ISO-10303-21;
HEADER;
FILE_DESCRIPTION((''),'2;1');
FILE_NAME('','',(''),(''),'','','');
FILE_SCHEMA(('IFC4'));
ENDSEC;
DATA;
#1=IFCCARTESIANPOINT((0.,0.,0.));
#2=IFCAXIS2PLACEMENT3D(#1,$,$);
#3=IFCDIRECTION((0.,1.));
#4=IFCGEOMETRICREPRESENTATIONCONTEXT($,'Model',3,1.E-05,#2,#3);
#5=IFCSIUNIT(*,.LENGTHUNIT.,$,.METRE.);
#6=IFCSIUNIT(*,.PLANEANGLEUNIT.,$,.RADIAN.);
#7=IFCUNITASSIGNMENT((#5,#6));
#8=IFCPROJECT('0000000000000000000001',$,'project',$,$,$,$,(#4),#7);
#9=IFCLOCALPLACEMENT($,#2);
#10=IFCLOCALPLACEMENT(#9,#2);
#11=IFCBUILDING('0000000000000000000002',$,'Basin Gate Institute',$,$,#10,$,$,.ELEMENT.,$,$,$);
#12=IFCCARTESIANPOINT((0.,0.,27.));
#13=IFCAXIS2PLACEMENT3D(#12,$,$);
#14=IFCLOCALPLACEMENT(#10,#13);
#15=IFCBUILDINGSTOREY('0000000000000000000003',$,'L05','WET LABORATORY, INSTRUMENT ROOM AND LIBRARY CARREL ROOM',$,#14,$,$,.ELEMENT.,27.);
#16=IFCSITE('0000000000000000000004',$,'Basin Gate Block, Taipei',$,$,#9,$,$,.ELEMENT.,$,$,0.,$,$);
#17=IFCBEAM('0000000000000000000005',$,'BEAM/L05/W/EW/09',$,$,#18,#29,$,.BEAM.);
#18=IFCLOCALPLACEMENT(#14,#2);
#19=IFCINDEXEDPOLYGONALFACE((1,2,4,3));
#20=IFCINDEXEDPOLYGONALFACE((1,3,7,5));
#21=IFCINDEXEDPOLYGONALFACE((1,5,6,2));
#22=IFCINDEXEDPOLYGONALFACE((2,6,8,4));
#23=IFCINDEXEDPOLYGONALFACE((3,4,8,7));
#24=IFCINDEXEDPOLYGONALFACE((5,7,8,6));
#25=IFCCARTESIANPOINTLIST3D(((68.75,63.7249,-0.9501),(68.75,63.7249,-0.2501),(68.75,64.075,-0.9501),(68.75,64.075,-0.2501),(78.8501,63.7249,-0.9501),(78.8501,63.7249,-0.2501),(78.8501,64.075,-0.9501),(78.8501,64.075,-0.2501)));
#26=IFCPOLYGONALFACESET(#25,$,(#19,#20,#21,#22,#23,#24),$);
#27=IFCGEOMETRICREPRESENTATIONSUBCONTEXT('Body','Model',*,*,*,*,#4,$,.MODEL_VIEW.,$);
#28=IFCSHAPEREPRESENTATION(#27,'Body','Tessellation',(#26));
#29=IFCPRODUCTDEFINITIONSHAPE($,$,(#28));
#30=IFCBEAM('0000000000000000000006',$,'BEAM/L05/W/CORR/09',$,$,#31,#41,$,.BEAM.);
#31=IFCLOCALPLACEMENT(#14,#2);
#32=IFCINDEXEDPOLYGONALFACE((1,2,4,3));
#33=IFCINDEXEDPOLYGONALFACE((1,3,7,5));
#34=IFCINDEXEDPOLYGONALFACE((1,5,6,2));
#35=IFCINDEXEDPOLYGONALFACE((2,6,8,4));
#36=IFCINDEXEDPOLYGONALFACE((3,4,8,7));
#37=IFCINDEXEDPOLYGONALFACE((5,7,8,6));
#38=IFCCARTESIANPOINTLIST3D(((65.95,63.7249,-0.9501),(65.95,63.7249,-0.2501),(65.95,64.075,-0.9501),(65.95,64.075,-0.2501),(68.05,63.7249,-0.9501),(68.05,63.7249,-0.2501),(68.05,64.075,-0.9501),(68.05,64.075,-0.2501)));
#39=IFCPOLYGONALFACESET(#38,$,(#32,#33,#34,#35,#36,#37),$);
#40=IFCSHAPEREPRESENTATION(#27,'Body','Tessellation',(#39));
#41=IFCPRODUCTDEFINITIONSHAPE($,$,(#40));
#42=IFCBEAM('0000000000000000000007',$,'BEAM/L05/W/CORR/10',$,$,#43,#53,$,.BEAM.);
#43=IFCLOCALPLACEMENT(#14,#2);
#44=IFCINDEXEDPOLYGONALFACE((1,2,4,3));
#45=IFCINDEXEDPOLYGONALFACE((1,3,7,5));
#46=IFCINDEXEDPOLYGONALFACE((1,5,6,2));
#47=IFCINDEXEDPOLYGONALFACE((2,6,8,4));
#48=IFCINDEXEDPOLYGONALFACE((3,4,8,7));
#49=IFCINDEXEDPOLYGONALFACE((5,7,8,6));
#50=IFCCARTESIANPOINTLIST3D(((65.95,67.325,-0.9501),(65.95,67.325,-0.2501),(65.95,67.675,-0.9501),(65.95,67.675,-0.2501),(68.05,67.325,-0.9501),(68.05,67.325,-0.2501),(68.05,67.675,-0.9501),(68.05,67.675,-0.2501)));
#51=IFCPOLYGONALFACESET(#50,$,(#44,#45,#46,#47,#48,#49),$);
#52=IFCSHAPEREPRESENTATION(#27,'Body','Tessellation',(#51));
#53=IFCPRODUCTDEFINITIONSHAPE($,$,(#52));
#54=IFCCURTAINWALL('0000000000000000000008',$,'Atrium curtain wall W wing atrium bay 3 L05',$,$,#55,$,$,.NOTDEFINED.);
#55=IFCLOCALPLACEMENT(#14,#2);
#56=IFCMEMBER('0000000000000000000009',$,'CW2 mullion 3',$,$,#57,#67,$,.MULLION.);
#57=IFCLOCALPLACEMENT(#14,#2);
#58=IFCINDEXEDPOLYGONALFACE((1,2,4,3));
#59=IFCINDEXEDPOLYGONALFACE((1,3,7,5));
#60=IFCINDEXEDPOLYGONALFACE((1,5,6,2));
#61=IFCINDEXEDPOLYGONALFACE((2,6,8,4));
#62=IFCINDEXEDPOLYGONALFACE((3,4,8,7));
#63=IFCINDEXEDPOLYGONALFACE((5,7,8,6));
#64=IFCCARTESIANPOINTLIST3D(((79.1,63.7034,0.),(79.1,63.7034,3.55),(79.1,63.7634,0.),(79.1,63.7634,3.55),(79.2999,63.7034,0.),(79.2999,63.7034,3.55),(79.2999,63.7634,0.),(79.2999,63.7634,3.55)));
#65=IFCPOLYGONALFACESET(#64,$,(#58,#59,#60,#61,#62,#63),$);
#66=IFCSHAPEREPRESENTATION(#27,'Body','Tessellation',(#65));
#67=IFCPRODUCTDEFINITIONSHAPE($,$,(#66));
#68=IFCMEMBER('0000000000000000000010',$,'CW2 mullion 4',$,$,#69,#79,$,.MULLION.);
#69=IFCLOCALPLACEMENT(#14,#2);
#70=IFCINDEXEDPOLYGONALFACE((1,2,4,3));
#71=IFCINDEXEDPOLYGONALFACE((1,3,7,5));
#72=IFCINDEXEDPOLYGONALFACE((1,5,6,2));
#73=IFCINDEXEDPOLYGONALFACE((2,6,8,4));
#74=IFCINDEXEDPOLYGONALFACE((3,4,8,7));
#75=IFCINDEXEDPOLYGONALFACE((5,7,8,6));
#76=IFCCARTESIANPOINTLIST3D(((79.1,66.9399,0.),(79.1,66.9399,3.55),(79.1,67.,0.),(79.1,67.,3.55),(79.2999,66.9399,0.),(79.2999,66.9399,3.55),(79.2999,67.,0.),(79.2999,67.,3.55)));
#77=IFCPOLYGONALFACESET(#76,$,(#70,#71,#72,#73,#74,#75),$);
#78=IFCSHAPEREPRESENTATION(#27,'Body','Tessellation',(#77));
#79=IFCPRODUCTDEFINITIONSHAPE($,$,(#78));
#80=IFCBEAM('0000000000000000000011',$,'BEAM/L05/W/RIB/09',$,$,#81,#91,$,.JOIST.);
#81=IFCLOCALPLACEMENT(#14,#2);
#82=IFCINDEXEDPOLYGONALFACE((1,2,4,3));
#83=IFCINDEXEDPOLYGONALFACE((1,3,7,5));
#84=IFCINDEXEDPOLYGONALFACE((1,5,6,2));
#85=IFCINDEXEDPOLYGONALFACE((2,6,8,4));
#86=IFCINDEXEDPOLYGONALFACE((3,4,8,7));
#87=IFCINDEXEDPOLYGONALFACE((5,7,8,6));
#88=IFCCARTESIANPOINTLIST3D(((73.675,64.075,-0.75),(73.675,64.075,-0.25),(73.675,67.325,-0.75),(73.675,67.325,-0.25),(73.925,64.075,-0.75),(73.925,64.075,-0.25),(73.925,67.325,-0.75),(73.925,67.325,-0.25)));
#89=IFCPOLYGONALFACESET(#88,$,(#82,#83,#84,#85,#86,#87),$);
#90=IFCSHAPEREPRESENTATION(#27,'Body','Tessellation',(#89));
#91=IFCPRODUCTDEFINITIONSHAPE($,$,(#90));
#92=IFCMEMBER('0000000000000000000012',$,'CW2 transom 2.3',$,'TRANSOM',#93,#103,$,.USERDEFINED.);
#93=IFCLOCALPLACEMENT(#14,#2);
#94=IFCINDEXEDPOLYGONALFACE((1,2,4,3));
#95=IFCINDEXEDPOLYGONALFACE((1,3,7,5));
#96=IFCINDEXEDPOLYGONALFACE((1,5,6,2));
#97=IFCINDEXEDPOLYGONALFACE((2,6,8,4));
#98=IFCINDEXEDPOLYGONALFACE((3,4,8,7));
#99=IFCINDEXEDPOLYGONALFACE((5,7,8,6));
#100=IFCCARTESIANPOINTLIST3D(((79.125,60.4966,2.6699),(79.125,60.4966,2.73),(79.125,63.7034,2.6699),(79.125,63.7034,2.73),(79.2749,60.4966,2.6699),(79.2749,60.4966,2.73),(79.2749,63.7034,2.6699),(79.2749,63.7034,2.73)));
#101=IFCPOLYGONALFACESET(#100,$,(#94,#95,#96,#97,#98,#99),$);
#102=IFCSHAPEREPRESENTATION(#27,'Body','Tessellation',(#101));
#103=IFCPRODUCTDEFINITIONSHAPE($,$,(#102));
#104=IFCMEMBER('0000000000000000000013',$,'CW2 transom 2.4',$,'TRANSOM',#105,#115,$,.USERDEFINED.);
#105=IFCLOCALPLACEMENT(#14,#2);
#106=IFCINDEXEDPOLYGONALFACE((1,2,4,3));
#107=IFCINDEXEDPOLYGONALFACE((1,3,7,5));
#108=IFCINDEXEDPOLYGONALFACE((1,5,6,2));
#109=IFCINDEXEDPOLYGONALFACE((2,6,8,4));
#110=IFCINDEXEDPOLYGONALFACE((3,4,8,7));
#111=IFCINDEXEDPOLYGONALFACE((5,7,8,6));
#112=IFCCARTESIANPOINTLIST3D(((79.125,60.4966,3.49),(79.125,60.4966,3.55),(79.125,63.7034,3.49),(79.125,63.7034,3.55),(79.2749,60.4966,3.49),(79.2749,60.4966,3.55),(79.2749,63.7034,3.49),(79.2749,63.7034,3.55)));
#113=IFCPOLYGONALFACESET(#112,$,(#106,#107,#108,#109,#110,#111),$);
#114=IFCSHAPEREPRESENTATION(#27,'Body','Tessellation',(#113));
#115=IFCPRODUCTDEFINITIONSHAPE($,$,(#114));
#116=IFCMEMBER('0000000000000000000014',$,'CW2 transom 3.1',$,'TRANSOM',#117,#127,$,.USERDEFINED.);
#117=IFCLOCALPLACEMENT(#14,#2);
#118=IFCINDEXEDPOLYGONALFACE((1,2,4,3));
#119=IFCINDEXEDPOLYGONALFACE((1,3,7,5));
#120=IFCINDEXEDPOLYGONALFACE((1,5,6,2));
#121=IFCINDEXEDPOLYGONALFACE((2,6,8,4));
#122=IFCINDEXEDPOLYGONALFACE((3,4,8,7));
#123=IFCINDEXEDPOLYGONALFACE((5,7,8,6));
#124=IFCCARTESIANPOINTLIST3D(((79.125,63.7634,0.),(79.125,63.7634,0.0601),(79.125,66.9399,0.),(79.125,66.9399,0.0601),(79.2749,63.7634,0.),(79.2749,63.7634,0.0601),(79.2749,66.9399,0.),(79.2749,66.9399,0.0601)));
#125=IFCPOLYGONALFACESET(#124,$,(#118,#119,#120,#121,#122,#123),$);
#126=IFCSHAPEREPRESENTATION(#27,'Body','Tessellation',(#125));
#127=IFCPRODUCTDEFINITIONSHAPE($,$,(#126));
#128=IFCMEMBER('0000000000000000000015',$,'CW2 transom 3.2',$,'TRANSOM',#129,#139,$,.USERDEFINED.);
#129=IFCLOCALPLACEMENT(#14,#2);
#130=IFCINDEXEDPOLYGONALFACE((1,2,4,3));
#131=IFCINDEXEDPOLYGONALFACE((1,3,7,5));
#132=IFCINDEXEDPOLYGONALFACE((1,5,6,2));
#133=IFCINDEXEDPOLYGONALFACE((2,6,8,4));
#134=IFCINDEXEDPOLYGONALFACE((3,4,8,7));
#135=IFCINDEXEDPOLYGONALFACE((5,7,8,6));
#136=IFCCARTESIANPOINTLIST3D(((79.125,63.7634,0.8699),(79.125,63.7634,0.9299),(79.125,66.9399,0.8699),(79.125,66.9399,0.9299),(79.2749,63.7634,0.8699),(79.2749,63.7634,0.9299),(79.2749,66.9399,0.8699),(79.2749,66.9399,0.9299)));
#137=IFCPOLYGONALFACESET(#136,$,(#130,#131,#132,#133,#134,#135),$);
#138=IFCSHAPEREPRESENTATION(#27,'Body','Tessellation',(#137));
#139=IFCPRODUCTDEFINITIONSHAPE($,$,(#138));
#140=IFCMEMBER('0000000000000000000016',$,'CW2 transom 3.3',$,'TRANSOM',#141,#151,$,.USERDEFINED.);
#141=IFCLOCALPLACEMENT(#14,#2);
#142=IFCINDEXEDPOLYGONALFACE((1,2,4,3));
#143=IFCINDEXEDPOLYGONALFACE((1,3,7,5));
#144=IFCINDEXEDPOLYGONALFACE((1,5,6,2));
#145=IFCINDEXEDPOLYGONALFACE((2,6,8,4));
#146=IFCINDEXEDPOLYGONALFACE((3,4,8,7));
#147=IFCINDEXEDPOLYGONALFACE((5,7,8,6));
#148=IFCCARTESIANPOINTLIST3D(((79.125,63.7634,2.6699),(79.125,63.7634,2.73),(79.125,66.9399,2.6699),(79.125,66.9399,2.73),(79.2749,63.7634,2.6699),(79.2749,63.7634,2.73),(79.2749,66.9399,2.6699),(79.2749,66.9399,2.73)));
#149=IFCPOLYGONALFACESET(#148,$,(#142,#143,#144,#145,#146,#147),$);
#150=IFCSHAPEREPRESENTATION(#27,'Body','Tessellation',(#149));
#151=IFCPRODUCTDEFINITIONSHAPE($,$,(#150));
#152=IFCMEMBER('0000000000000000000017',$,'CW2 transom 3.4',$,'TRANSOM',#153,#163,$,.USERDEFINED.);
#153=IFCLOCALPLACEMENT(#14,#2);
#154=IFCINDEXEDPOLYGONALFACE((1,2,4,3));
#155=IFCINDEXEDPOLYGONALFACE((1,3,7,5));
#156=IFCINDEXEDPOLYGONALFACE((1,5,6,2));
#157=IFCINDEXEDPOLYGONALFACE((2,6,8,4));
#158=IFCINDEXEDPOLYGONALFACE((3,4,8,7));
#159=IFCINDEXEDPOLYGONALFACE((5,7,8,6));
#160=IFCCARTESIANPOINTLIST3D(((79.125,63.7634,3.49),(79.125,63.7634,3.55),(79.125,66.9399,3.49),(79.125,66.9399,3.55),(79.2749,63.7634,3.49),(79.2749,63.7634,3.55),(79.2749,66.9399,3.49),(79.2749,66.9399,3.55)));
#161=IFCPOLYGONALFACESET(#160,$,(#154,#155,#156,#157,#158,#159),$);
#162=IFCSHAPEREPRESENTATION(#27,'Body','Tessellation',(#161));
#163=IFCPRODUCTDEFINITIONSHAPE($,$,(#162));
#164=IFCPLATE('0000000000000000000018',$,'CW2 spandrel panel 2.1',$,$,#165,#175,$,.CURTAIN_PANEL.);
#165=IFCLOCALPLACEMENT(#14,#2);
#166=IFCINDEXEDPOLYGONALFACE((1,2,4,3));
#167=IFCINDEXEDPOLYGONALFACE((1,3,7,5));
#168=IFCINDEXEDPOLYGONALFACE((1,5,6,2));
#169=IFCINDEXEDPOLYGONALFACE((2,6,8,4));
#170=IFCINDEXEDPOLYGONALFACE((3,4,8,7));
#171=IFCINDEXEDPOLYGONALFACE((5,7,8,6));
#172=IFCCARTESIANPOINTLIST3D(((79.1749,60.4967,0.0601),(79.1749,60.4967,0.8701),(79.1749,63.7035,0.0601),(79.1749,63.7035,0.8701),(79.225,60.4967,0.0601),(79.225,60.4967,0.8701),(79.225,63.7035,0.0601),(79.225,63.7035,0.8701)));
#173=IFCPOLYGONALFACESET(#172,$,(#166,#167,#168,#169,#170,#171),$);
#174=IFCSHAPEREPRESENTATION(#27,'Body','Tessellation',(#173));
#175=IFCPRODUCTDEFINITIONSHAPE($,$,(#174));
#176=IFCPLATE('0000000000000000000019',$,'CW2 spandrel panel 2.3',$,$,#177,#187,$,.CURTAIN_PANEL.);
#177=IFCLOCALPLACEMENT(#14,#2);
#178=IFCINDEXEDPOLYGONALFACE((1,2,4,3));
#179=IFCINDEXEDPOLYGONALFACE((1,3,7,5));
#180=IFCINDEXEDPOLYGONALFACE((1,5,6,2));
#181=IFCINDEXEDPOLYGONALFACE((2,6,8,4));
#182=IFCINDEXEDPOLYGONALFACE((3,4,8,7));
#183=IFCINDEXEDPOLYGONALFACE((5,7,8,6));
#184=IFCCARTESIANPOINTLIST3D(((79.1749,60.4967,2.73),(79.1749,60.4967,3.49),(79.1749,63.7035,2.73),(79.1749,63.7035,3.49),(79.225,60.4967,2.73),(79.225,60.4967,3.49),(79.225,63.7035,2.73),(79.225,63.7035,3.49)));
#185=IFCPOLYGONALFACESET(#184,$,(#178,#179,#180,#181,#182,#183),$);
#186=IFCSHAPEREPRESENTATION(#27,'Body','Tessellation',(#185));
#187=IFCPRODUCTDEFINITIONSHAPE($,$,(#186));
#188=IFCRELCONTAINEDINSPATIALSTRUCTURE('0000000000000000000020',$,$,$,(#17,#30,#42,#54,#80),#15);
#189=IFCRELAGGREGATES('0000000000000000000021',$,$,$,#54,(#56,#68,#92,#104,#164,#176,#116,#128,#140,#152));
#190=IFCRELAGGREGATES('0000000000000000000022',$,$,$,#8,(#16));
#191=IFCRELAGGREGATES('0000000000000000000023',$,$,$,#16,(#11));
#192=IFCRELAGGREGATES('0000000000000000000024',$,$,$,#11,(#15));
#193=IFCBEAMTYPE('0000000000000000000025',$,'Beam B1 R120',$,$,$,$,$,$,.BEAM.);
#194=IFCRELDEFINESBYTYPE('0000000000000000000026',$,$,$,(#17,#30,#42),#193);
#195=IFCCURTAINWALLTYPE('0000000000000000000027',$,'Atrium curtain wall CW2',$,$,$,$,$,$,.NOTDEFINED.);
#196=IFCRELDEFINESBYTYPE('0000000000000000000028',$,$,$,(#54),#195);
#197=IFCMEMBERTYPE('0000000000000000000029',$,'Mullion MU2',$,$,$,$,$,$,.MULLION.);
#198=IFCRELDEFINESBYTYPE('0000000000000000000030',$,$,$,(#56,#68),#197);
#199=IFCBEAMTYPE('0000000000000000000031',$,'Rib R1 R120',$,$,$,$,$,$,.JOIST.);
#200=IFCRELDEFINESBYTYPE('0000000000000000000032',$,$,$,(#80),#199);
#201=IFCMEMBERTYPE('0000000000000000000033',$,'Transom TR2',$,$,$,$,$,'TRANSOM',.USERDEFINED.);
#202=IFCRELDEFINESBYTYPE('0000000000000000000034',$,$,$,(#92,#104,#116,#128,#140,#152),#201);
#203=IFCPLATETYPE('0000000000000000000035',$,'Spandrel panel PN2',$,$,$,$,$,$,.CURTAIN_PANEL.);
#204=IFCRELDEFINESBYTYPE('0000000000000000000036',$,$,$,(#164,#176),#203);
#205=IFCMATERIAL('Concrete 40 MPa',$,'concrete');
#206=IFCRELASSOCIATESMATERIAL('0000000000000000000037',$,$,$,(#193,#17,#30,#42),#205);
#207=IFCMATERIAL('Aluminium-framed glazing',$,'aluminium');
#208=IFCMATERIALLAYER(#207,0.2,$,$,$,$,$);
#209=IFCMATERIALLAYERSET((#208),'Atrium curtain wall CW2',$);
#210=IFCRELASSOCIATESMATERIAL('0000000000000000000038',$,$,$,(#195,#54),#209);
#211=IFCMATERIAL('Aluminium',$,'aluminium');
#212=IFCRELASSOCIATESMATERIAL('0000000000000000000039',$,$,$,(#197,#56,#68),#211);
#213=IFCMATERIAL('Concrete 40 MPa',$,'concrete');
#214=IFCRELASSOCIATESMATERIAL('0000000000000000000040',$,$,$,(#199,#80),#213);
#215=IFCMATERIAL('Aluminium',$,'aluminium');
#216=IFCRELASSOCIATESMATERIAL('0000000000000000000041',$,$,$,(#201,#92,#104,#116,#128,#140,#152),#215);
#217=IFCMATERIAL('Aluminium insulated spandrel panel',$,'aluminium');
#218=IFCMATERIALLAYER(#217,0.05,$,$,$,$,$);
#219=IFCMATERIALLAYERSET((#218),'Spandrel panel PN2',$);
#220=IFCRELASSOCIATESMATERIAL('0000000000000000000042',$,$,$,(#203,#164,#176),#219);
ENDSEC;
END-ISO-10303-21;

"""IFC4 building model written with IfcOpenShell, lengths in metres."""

from ifc_helpers import new_model, si_unit, direction, frame, origin, origin_2d, place, context, subcontext, project, spatial, rectangle, extrude, material, layer, layer_set, material_profile, profile_set, type_object, element, aggregate, save


model = new_model("IFC4")

# Units and contexts
model_context = context("Model", 3, precision=1e-05, world=origin(), true_north=direction((0.0, 1.0)))
body_context = subcontext(model_context, "Body", "Model", "MODEL_VIEW")
ifc_project = project(units=[si_unit("LENGTHUNIT", "METRE"), si_unit("PLANEANGLEUNIT", "RADIAN")], contexts=[model_context])

# Site, building, storey
site_placement = place(None, origin())
site = spatial("IfcSite", under=ifc_project, at=site_placement, Name="Basin Gate Block, Taipei", CompositionType="ELEMENT", RefElevation=0.0)
building_placement = place(site_placement, origin())
building = spatial("IfcBuilding", under=site, at=building_placement, Name="Basin Gate Institute", CompositionType="ELEMENT")
storey_placement = place(building_placement, frame((0.0, 0.0, 27.0)))
storey = spatial("IfcBuildingStorey", under=building, at=storey_placement, Name="L05", Description="WET LABORATORY, INSTRUMENT ROOM AND LIBRARY CARREL ROOM", CompositionType="ELEMENT", Elevation=27.0)

# Beams
ifc_material_1 = material(Name="Concrete 40 MPa", Category="concrete")
ifc_material_profile_1 = material_profile(ifc_material_1, rectangle(XDim=0.3501, YDim=0.7, at=origin_2d()), Name="Beam B1 350 x 700")
ifc_profile_set_1 = profile_set([ifc_material_profile_1], Name="Concrete 40 MPa")
beam_type_1 = type_object("IfcBeamType", Name="Beam B1 R120", PredefinedType="BEAM", material=ifc_profile_set_1)
beam_1_placement = place(storey_placement, frame((68.75, 63.8999, -0.6001), z_axis=(1.0, 0.0, 0.0), x_axis=(0.0, 1.0, 0.0)))
element("IfcBeam", 1, at=beam_1_placement, inside=storey, type_object=beam_type_1, material=ifc_profile_set_1, Name="BEAM/L05/W/EW/09", PredefinedType="BEAM", context=body_context, shape_type="SweptSolid", body=[
    extrude(rectangle(XDim=0.3501, YDim=0.7, at=origin_2d()), origin(), (0.0, 0.0, 1.0), 10.1001),
])
for number, where, z_axis, x_axis, name in (
    (2, (65.95, 63.8999, -0.6001), (1.0, 0.0, 0.0), (0.0, 1.0, 0.0), "BEAM/L05/W/CORR/09"),
    (3, (65.95, 67.5, -0.6001), (1.0, 0.0, 0.0), (0.0, 1.0, 0.0), "BEAM/L05/W/CORR/10"),
):
    element("IfcBeam", number, at=place(storey_placement, frame(where, z_axis=z_axis, x_axis=x_axis)), inside=storey, type_object=beam_type_1, material=ifc_profile_set_1, Name=name, PredefinedType="BEAM", context=body_context, shape_type="SweptSolid", body=[
        extrude(rectangle(XDim=0.3501, YDim=0.7, at=origin_2d()), origin(), (0.0, 0.0, 1.0), 2.1001),
    ])

# Curtain wall, members
ifc_material_2 = material(Name="Aluminium-framed glazing", Category="aluminium")
ifc_layer_1 = layer(ifc_material_2, 0.2)
ifc_layer_set_1 = layer_set([ifc_layer_1], Name="Atrium curtain wall CW2")
curtain_wall_type = type_object("IfcCurtainWallType", Name="Atrium curtain wall CW2", PredefinedType="NOTDEFINED", material=ifc_layer_set_1)
curtain_wall_placement = place(storey_placement, origin())
curtain_wall = element("IfcCurtainWall", 4, at=curtain_wall_placement, inside=storey, type_object=curtain_wall_type, material=ifc_layer_set_1, Name="Atrium curtain wall W wing atrium bay 3 L05", PredefinedType="NOTDEFINED")
ifc_material_3 = material(Name="Aluminium", Category="aluminium")
ifc_material_profile_2 = material_profile(ifc_material_3, rectangle(XDim=0.2, YDim=0.0601, at=origin_2d()), Name="Mullion MU2 200 x 60")
ifc_profile_set_2 = profile_set([ifc_material_profile_2], Name="Aluminium")
member_type_1 = type_object("IfcMemberType", Name="Mullion MU2", PredefinedType="MULLION", material=ifc_profile_set_2)
member_1_placement = place(storey_placement, frame((79.2, 63.7334, 0.0), z_axis=(0.0, 0.0, 1.0), x_axis=(-1.0, 0.0, 0.0)))
member_1 = element("IfcMember", 5, at=member_1_placement, type_object=member_type_1, material=ifc_profile_set_2, Name="CW2 mullion 3", PredefinedType="MULLION", context=body_context, shape_type="SweptSolid", body=[
    extrude(rectangle(XDim=0.2, YDim=0.0601, at=origin_2d()), origin(), (0.0, 0.0, 1.0), 3.55),
])
member_2_placement = place(storey_placement, frame((79.2, 66.97, 0.0), z_axis=(0.0, 0.0, 1.0), x_axis=(-1.0, 0.0, 0.0)))
member_2 = element("IfcMember", 6, at=member_2_placement, type_object=member_type_1, material=ifc_profile_set_2, Name="CW2 mullion 4", PredefinedType="MULLION", context=body_context, shape_type="SweptSolid", body=[
    extrude(rectangle(XDim=0.2, YDim=0.0601, at=origin_2d()), origin(), (0.0, 0.0, 1.0), 3.55),
])

# Beam
ifc_material_4 = material(Name="Concrete 40 MPa", Category="concrete")
ifc_material_profile_3 = material_profile(ifc_material_4, rectangle(XDim=0.25, YDim=0.5, at=origin_2d()), Name="Rib R1 250 x 500")
ifc_profile_set_3 = profile_set([ifc_material_profile_3], Name="Concrete 40 MPa")
beam_type_2 = type_object("IfcBeamType", Name="Rib R1 R120", PredefinedType="JOIST", material=ifc_profile_set_3)
beam_2_placement = place(storey_placement, frame((73.8, 64.075, -0.5), z_axis=(0.0, 1.0, 0.0), x_axis=(-1.0, 0.0, 0.0)))
element("IfcBeam", 7, at=beam_2_placement, inside=storey, type_object=beam_type_2, material=ifc_profile_set_3, Name="BEAM/L05/W/RIB/09", PredefinedType="JOIST", context=body_context, shape_type="SweptSolid", body=[
    extrude(rectangle(XDim=0.25, YDim=0.5, at=origin_2d()), origin(), (0.0, 0.0, 1.0), 3.25),
])

# Members
ifc_material_5 = material(Name="Aluminium", Category="aluminium")
ifc_material_profile_4 = material_profile(ifc_material_5, rectangle(XDim=0.1499, YDim=0.0601, at=origin_2d()), Name="Transom TR2 150 x 60")
ifc_profile_set_4 = profile_set([ifc_material_profile_4], Name="Aluminium")
member_type_2 = type_object("IfcMemberType", Name="Transom TR2", ElementType="TRANSOM", PredefinedType="USERDEFINED", material=ifc_profile_set_4)
member_3_placement = place(storey_placement, frame((79.2, 60.4966, 2.7), z_axis=(0.0, 1.0, 0.0), x_axis=(-1.0, 0.0, 0.0)))
member_3 = element("IfcMember", 8, at=member_3_placement, type_object=member_type_2, material=ifc_profile_set_4, Name="CW2 transom 2.3", ObjectType="TRANSOM", PredefinedType="USERDEFINED", context=body_context, shape_type="SweptSolid", body=[
    extrude(rectangle(XDim=0.1499, YDim=0.0601, at=origin_2d()), origin(), (0.0, 0.0, 1.0), 3.2068),
])
member_4_placement = place(storey_placement, frame((79.2, 60.4966, 3.52), z_axis=(0.0, 1.0, 0.0), x_axis=(-1.0, 0.0, 0.0)))
member_4 = element("IfcMember", 9, at=member_4_placement, type_object=member_type_2, material=ifc_profile_set_4, Name="CW2 transom 2.4", ObjectType="TRANSOM", PredefinedType="USERDEFINED", context=body_context, shape_type="SweptSolid", body=[
    extrude(rectangle(XDim=0.1499, YDim=0.0601, at=origin_2d()), origin(), (0.0, 0.0, 1.0), 3.2068),
])
member_5_placement = place(storey_placement, frame((79.2, 63.7634, 0.03), z_axis=(0.0, 1.0, 0.0), x_axis=(-1.0, 0.0, 0.0)))
member_5 = element("IfcMember", 10, at=member_5_placement, type_object=member_type_2, material=ifc_profile_set_4, Name="CW2 transom 3.1", ObjectType="TRANSOM", PredefinedType="USERDEFINED", context=body_context, shape_type="SweptSolid", body=[
    extrude(rectangle(XDim=0.1499, YDim=0.0601, at=origin_2d()), origin(), (0.0, 0.0, 1.0), 3.1765),
])
member_6_placement = place(storey_placement, frame((79.2, 63.7634, 0.8999), z_axis=(0.0, 1.0, 0.0), x_axis=(-1.0, 0.0, 0.0)))
member_6 = element("IfcMember", 11, at=member_6_placement, type_object=member_type_2, material=ifc_profile_set_4, Name="CW2 transom 3.2", ObjectType="TRANSOM", PredefinedType="USERDEFINED", context=body_context, shape_type="SweptSolid", body=[
    extrude(rectangle(XDim=0.1499, YDim=0.0601, at=origin_2d()), origin(), (0.0, 0.0, 1.0), 3.1765),
])
member_7_placement = place(storey_placement, frame((79.2, 63.7634, 2.7), z_axis=(0.0, 1.0, 0.0), x_axis=(-1.0, 0.0, 0.0)))
member_7 = element("IfcMember", 12, at=member_7_placement, type_object=member_type_2, material=ifc_profile_set_4, Name="CW2 transom 3.3", ObjectType="TRANSOM", PredefinedType="USERDEFINED", context=body_context, shape_type="SweptSolid", body=[
    extrude(rectangle(XDim=0.1499, YDim=0.0601, at=origin_2d()), origin(), (0.0, 0.0, 1.0), 3.1765),
])
member_8_placement = place(storey_placement, frame((79.2, 63.7634, 3.52), z_axis=(0.0, 1.0, 0.0), x_axis=(-1.0, 0.0, 0.0)))
member_8 = element("IfcMember", 13, at=member_8_placement, type_object=member_type_2, material=ifc_profile_set_4, Name="CW2 transom 3.4", ObjectType="TRANSOM", PredefinedType="USERDEFINED", context=body_context, shape_type="SweptSolid", body=[
    extrude(rectangle(XDim=0.1499, YDim=0.0601, at=origin_2d()), origin(), (0.0, 0.0, 1.0), 3.1765),
])

# Plates
ifc_material_6 = material(Name="Aluminium insulated spandrel panel", Category="aluminium")
ifc_layer_2 = layer(ifc_material_6, 0.05)
ifc_layer_set_2 = layer_set([ifc_layer_2], Name="Spandrel panel PN2")
plate_type_1 = type_object("IfcPlateType", Name="Spandrel panel PN2", PredefinedType="CURTAIN_PANEL", material=ifc_layer_set_2)
plate_1_placement = place(storey_placement, frame((79.2, 62.1001, 0.0601), z_axis=(0.0, 0.0, 1.0), x_axis=(0.0, 1.0, 0.0)))
plate_1 = element("IfcPlate", 14, at=plate_1_placement, type_object=plate_type_1, material=ifc_layer_set_2, Name="CW2 spandrel panel 2.1", PredefinedType="CURTAIN_PANEL", context=body_context, shape_type="SweptSolid", body=[
    extrude(rectangle(XDim=3.2068, YDim=0.05, at=origin_2d()), origin(), (0.0, 0.0, 1.0), 0.8101),
])
plate_2_placement = place(storey_placement, frame((79.2, 62.1001, 2.73), z_axis=(0.0, 0.0, 1.0), x_axis=(0.0, 1.0, 0.0)))
plate_2 = element("IfcPlate", 15, at=plate_2_placement, type_object=plate_type_1, material=ifc_layer_set_2, Name="CW2 spandrel panel 2.3", PredefinedType="CURTAIN_PANEL", context=body_context, shape_type="SweptSolid", body=[
    extrude(rectangle(XDim=3.2068, YDim=0.05, at=origin_2d()), origin(), (0.0, 0.0, 1.0), 0.76),
])
aggregate(curtain_wall, [member_1, member_2, member_3, member_4, plate_1, plate_2, member_5, member_6, member_7, member_8])

save(model, "model.ifc")
